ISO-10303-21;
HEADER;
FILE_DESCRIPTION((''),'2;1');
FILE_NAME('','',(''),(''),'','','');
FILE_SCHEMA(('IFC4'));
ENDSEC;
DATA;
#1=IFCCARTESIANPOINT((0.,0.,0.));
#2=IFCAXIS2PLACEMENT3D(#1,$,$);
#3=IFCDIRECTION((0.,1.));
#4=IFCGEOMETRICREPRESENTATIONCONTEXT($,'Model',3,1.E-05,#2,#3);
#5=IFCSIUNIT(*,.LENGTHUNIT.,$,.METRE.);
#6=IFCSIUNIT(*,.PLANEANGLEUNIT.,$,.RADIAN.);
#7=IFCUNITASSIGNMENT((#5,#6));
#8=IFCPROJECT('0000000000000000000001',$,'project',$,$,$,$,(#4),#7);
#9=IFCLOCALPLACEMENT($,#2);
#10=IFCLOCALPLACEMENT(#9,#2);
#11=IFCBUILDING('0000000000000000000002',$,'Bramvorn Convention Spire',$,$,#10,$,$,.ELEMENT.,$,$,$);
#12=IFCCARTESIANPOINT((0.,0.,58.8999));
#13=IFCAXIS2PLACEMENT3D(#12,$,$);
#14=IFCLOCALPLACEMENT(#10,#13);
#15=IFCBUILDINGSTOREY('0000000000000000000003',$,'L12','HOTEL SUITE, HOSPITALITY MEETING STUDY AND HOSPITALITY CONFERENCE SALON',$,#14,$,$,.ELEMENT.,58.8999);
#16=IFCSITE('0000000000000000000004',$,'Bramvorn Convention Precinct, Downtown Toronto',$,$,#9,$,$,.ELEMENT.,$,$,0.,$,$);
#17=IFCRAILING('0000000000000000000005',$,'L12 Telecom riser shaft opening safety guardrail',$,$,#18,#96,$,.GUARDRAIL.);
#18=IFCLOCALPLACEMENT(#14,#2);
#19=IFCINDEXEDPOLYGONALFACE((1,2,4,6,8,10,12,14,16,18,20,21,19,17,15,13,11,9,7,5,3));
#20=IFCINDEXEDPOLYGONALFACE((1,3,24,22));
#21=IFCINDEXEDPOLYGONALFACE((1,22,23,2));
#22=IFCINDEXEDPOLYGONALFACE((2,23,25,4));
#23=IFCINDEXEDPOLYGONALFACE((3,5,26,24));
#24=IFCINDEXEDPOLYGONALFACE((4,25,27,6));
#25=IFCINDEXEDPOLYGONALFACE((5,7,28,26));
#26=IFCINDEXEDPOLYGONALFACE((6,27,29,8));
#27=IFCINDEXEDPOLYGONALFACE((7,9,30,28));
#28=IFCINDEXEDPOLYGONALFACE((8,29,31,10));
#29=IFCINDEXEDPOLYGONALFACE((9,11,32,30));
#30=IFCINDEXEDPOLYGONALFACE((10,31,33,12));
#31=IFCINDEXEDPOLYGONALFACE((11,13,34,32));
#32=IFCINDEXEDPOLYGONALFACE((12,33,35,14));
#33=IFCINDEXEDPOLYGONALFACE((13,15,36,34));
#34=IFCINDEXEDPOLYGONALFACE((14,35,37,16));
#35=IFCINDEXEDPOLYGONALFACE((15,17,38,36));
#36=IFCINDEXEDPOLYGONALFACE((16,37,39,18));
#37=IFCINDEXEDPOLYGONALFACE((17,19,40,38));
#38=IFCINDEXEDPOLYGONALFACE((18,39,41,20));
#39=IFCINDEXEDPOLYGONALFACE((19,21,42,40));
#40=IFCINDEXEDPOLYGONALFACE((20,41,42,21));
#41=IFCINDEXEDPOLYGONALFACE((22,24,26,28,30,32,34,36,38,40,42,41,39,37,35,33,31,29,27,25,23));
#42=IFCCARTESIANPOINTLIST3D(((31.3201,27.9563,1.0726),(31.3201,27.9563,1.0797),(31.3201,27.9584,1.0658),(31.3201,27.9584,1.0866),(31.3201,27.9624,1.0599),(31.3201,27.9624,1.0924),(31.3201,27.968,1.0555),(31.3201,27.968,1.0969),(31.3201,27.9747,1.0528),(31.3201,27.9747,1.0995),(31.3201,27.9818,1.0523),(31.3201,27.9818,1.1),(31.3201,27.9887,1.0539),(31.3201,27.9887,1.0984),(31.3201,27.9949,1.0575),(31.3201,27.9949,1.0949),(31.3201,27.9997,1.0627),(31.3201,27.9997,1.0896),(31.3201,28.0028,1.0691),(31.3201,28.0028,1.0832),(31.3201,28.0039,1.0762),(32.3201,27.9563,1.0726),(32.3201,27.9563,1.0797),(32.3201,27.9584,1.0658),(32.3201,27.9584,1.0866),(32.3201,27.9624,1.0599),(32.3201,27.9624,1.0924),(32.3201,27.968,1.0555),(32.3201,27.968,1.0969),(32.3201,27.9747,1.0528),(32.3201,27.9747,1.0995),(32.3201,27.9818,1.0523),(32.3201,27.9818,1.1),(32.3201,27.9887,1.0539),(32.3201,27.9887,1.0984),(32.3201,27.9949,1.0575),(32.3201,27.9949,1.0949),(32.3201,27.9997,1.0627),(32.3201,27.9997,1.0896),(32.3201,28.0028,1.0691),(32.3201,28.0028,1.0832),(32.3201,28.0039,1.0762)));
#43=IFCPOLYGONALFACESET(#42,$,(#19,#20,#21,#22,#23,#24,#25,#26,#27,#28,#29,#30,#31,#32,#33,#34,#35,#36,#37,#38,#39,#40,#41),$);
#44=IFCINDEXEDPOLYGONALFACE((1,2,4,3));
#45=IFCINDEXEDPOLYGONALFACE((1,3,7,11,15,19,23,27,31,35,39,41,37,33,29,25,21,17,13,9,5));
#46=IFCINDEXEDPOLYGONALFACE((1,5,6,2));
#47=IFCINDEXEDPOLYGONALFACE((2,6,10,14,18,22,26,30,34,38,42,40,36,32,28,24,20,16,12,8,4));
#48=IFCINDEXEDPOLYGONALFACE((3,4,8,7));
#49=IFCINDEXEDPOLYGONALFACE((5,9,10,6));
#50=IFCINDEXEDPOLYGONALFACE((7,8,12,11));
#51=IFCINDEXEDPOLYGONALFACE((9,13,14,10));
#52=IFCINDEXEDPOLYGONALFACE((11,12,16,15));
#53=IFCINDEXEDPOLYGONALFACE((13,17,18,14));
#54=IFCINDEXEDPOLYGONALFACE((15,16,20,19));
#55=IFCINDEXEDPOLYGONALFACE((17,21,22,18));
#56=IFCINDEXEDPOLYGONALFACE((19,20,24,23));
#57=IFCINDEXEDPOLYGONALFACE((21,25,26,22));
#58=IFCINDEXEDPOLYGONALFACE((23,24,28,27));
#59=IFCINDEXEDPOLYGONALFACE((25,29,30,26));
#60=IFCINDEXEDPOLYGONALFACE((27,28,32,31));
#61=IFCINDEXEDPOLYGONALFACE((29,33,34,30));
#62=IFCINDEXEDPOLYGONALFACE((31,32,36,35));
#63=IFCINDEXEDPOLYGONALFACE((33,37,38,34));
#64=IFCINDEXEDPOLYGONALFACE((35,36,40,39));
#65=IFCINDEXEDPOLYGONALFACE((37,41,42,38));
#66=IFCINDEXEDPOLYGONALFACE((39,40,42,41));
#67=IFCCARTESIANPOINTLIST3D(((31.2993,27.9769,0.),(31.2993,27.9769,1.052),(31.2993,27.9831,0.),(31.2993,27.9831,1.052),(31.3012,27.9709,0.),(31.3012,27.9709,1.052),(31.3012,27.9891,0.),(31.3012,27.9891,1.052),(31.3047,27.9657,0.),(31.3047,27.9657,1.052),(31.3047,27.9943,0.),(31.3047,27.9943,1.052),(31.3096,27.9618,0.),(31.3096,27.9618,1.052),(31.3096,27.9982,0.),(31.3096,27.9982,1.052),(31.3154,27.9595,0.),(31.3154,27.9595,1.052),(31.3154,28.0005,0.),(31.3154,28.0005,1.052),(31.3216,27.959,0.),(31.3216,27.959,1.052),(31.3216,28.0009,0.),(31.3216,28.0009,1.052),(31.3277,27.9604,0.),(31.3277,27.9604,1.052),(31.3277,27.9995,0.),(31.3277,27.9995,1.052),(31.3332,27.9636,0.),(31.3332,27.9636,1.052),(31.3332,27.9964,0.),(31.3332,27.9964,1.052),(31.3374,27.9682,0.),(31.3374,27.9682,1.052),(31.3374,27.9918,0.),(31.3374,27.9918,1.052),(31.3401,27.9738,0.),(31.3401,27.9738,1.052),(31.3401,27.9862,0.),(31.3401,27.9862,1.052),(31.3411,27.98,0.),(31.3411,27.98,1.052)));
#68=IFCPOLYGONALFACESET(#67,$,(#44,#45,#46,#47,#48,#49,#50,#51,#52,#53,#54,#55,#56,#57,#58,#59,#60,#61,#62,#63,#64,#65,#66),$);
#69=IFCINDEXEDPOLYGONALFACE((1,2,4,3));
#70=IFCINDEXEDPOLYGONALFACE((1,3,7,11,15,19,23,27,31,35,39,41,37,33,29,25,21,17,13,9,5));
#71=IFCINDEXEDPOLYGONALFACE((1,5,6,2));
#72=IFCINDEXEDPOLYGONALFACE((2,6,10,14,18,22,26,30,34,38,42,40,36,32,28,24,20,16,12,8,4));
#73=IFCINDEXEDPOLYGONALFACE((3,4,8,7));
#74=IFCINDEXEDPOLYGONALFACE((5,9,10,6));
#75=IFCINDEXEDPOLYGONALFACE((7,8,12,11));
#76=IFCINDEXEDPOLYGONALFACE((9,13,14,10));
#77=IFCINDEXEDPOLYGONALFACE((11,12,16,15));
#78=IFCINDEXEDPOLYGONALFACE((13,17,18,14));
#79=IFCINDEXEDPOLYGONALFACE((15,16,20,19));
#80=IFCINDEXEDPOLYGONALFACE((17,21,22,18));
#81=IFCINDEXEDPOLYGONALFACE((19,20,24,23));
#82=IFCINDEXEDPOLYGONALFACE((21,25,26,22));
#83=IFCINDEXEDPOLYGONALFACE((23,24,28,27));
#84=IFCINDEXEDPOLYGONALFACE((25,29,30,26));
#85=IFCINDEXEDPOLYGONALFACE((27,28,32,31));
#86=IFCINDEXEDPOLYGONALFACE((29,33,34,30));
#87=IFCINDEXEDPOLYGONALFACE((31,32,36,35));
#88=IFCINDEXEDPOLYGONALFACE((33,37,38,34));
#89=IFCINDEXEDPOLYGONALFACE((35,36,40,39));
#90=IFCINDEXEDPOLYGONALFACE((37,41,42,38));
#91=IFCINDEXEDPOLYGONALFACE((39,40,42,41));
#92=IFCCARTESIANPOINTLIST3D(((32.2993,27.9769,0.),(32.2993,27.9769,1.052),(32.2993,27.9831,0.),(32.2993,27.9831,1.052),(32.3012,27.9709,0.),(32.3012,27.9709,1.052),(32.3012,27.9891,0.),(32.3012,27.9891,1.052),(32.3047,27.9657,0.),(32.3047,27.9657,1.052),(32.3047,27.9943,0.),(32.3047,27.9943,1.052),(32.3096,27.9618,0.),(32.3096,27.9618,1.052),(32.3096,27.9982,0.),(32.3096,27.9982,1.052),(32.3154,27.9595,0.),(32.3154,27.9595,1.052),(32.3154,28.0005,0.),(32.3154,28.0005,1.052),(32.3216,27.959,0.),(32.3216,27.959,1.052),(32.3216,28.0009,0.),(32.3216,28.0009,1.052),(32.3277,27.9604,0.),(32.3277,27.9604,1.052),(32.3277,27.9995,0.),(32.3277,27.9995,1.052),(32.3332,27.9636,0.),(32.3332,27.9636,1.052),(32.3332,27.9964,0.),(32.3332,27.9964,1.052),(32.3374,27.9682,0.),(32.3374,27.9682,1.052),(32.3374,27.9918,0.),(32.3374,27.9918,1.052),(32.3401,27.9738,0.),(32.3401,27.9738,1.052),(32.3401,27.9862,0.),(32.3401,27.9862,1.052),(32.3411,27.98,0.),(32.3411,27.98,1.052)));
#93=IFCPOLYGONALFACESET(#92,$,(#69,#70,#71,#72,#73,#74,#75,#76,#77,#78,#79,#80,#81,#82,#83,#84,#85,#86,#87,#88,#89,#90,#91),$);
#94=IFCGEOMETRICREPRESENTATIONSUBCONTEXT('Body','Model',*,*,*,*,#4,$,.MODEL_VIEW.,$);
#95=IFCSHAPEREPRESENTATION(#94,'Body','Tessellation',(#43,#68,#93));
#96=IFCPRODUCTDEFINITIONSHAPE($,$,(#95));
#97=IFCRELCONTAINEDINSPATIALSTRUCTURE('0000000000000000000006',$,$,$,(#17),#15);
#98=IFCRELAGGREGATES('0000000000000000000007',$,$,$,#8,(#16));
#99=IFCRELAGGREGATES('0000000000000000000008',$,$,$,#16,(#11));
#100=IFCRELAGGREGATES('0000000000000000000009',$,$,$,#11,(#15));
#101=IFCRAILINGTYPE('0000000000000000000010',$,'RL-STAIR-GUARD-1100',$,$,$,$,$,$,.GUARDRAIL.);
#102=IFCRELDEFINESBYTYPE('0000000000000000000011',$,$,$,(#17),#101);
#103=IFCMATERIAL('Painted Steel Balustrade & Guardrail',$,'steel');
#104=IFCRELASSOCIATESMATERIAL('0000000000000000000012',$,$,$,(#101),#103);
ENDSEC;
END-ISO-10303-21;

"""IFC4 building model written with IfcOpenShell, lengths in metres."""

from ifc_helpers import new_model, si_unit, direction, frame, origin, origin_2d, place, context, subcontext, project, spatial, circle, extrude, material, type_object, element, save


model = new_model("IFC4")

# Units and contexts
model_context = context("Model", 3, precision=1e-05, world=origin(), true_north=direction((0.0, 1.0)))
body_context = subcontext(model_context, "Body", "Model", "MODEL_VIEW")
ifc_project = project(units=[si_unit("LENGTHUNIT", "METRE"), si_unit("PLANEANGLEUNIT", "RADIAN")], contexts=[model_context])

# Site, building, storey
site_placement = place(None, origin())
site = spatial("IfcSite", under=ifc_project, at=site_placement, Name="Bramvorn Convention Precinct, Downtown Toronto", CompositionType="ELEMENT", RefElevation=0.0)
building_placement = place(site_placement, origin())
building = spatial("IfcBuilding", under=site, at=building_placement, Name="Bramvorn Convention Spire", CompositionType="ELEMENT")
storey_placement = place(building_placement, frame((0.0, 0.0, 58.8999)))
storey = spatial("IfcBuildingStorey", under=building, at=storey_placement, Name="L12", Description="HOTEL SUITE, HOSPITALITY MEETING STUDY AND HOSPITALITY CONFERENCE SALON", CompositionType="ELEMENT", Elevation=58.8999)

# Railing
ifc_material_1 = material(Name="Painted Steel Balustrade & Guardrail", Category="steel")
railing_type_1 = type_object("IfcRailingType", Name="RL-STAIR-GUARD-1100", PredefinedType="GUARDRAIL", material=ifc_material_1)
railing_1_placement = place(storey_placement, frame((31.3201, 27.98, 0.0)))
element("IfcRailing", 1, at=railing_1_placement, inside=storey, type_object=railing_type_1, Name="L12 Telecom riser shaft opening safety guardrail", PredefinedType="GUARDRAIL", context=body_context, shape_type="SweptSolid", body=[
    extrude(circle(Radius=0.0239, at=origin_2d()), frame((0.0, 0.0, 1.0762), z_axis=(1.0, 0.0, 0.0), x_axis=(0.0, 1.0, 0.0)), (0.0, 0.0, 1.0), 1.0),
    extrude(circle(Radius=0.021, at=origin_2d()), origin(), (0.0, 0.0, 1.0), 1.052),
    extrude(circle(Radius=0.021, at=origin_2d()), frame((1.0, 0.0, 0.0)), (0.0, 0.0, 1.0), 1.052),
])

save(model, "model.ifc")
